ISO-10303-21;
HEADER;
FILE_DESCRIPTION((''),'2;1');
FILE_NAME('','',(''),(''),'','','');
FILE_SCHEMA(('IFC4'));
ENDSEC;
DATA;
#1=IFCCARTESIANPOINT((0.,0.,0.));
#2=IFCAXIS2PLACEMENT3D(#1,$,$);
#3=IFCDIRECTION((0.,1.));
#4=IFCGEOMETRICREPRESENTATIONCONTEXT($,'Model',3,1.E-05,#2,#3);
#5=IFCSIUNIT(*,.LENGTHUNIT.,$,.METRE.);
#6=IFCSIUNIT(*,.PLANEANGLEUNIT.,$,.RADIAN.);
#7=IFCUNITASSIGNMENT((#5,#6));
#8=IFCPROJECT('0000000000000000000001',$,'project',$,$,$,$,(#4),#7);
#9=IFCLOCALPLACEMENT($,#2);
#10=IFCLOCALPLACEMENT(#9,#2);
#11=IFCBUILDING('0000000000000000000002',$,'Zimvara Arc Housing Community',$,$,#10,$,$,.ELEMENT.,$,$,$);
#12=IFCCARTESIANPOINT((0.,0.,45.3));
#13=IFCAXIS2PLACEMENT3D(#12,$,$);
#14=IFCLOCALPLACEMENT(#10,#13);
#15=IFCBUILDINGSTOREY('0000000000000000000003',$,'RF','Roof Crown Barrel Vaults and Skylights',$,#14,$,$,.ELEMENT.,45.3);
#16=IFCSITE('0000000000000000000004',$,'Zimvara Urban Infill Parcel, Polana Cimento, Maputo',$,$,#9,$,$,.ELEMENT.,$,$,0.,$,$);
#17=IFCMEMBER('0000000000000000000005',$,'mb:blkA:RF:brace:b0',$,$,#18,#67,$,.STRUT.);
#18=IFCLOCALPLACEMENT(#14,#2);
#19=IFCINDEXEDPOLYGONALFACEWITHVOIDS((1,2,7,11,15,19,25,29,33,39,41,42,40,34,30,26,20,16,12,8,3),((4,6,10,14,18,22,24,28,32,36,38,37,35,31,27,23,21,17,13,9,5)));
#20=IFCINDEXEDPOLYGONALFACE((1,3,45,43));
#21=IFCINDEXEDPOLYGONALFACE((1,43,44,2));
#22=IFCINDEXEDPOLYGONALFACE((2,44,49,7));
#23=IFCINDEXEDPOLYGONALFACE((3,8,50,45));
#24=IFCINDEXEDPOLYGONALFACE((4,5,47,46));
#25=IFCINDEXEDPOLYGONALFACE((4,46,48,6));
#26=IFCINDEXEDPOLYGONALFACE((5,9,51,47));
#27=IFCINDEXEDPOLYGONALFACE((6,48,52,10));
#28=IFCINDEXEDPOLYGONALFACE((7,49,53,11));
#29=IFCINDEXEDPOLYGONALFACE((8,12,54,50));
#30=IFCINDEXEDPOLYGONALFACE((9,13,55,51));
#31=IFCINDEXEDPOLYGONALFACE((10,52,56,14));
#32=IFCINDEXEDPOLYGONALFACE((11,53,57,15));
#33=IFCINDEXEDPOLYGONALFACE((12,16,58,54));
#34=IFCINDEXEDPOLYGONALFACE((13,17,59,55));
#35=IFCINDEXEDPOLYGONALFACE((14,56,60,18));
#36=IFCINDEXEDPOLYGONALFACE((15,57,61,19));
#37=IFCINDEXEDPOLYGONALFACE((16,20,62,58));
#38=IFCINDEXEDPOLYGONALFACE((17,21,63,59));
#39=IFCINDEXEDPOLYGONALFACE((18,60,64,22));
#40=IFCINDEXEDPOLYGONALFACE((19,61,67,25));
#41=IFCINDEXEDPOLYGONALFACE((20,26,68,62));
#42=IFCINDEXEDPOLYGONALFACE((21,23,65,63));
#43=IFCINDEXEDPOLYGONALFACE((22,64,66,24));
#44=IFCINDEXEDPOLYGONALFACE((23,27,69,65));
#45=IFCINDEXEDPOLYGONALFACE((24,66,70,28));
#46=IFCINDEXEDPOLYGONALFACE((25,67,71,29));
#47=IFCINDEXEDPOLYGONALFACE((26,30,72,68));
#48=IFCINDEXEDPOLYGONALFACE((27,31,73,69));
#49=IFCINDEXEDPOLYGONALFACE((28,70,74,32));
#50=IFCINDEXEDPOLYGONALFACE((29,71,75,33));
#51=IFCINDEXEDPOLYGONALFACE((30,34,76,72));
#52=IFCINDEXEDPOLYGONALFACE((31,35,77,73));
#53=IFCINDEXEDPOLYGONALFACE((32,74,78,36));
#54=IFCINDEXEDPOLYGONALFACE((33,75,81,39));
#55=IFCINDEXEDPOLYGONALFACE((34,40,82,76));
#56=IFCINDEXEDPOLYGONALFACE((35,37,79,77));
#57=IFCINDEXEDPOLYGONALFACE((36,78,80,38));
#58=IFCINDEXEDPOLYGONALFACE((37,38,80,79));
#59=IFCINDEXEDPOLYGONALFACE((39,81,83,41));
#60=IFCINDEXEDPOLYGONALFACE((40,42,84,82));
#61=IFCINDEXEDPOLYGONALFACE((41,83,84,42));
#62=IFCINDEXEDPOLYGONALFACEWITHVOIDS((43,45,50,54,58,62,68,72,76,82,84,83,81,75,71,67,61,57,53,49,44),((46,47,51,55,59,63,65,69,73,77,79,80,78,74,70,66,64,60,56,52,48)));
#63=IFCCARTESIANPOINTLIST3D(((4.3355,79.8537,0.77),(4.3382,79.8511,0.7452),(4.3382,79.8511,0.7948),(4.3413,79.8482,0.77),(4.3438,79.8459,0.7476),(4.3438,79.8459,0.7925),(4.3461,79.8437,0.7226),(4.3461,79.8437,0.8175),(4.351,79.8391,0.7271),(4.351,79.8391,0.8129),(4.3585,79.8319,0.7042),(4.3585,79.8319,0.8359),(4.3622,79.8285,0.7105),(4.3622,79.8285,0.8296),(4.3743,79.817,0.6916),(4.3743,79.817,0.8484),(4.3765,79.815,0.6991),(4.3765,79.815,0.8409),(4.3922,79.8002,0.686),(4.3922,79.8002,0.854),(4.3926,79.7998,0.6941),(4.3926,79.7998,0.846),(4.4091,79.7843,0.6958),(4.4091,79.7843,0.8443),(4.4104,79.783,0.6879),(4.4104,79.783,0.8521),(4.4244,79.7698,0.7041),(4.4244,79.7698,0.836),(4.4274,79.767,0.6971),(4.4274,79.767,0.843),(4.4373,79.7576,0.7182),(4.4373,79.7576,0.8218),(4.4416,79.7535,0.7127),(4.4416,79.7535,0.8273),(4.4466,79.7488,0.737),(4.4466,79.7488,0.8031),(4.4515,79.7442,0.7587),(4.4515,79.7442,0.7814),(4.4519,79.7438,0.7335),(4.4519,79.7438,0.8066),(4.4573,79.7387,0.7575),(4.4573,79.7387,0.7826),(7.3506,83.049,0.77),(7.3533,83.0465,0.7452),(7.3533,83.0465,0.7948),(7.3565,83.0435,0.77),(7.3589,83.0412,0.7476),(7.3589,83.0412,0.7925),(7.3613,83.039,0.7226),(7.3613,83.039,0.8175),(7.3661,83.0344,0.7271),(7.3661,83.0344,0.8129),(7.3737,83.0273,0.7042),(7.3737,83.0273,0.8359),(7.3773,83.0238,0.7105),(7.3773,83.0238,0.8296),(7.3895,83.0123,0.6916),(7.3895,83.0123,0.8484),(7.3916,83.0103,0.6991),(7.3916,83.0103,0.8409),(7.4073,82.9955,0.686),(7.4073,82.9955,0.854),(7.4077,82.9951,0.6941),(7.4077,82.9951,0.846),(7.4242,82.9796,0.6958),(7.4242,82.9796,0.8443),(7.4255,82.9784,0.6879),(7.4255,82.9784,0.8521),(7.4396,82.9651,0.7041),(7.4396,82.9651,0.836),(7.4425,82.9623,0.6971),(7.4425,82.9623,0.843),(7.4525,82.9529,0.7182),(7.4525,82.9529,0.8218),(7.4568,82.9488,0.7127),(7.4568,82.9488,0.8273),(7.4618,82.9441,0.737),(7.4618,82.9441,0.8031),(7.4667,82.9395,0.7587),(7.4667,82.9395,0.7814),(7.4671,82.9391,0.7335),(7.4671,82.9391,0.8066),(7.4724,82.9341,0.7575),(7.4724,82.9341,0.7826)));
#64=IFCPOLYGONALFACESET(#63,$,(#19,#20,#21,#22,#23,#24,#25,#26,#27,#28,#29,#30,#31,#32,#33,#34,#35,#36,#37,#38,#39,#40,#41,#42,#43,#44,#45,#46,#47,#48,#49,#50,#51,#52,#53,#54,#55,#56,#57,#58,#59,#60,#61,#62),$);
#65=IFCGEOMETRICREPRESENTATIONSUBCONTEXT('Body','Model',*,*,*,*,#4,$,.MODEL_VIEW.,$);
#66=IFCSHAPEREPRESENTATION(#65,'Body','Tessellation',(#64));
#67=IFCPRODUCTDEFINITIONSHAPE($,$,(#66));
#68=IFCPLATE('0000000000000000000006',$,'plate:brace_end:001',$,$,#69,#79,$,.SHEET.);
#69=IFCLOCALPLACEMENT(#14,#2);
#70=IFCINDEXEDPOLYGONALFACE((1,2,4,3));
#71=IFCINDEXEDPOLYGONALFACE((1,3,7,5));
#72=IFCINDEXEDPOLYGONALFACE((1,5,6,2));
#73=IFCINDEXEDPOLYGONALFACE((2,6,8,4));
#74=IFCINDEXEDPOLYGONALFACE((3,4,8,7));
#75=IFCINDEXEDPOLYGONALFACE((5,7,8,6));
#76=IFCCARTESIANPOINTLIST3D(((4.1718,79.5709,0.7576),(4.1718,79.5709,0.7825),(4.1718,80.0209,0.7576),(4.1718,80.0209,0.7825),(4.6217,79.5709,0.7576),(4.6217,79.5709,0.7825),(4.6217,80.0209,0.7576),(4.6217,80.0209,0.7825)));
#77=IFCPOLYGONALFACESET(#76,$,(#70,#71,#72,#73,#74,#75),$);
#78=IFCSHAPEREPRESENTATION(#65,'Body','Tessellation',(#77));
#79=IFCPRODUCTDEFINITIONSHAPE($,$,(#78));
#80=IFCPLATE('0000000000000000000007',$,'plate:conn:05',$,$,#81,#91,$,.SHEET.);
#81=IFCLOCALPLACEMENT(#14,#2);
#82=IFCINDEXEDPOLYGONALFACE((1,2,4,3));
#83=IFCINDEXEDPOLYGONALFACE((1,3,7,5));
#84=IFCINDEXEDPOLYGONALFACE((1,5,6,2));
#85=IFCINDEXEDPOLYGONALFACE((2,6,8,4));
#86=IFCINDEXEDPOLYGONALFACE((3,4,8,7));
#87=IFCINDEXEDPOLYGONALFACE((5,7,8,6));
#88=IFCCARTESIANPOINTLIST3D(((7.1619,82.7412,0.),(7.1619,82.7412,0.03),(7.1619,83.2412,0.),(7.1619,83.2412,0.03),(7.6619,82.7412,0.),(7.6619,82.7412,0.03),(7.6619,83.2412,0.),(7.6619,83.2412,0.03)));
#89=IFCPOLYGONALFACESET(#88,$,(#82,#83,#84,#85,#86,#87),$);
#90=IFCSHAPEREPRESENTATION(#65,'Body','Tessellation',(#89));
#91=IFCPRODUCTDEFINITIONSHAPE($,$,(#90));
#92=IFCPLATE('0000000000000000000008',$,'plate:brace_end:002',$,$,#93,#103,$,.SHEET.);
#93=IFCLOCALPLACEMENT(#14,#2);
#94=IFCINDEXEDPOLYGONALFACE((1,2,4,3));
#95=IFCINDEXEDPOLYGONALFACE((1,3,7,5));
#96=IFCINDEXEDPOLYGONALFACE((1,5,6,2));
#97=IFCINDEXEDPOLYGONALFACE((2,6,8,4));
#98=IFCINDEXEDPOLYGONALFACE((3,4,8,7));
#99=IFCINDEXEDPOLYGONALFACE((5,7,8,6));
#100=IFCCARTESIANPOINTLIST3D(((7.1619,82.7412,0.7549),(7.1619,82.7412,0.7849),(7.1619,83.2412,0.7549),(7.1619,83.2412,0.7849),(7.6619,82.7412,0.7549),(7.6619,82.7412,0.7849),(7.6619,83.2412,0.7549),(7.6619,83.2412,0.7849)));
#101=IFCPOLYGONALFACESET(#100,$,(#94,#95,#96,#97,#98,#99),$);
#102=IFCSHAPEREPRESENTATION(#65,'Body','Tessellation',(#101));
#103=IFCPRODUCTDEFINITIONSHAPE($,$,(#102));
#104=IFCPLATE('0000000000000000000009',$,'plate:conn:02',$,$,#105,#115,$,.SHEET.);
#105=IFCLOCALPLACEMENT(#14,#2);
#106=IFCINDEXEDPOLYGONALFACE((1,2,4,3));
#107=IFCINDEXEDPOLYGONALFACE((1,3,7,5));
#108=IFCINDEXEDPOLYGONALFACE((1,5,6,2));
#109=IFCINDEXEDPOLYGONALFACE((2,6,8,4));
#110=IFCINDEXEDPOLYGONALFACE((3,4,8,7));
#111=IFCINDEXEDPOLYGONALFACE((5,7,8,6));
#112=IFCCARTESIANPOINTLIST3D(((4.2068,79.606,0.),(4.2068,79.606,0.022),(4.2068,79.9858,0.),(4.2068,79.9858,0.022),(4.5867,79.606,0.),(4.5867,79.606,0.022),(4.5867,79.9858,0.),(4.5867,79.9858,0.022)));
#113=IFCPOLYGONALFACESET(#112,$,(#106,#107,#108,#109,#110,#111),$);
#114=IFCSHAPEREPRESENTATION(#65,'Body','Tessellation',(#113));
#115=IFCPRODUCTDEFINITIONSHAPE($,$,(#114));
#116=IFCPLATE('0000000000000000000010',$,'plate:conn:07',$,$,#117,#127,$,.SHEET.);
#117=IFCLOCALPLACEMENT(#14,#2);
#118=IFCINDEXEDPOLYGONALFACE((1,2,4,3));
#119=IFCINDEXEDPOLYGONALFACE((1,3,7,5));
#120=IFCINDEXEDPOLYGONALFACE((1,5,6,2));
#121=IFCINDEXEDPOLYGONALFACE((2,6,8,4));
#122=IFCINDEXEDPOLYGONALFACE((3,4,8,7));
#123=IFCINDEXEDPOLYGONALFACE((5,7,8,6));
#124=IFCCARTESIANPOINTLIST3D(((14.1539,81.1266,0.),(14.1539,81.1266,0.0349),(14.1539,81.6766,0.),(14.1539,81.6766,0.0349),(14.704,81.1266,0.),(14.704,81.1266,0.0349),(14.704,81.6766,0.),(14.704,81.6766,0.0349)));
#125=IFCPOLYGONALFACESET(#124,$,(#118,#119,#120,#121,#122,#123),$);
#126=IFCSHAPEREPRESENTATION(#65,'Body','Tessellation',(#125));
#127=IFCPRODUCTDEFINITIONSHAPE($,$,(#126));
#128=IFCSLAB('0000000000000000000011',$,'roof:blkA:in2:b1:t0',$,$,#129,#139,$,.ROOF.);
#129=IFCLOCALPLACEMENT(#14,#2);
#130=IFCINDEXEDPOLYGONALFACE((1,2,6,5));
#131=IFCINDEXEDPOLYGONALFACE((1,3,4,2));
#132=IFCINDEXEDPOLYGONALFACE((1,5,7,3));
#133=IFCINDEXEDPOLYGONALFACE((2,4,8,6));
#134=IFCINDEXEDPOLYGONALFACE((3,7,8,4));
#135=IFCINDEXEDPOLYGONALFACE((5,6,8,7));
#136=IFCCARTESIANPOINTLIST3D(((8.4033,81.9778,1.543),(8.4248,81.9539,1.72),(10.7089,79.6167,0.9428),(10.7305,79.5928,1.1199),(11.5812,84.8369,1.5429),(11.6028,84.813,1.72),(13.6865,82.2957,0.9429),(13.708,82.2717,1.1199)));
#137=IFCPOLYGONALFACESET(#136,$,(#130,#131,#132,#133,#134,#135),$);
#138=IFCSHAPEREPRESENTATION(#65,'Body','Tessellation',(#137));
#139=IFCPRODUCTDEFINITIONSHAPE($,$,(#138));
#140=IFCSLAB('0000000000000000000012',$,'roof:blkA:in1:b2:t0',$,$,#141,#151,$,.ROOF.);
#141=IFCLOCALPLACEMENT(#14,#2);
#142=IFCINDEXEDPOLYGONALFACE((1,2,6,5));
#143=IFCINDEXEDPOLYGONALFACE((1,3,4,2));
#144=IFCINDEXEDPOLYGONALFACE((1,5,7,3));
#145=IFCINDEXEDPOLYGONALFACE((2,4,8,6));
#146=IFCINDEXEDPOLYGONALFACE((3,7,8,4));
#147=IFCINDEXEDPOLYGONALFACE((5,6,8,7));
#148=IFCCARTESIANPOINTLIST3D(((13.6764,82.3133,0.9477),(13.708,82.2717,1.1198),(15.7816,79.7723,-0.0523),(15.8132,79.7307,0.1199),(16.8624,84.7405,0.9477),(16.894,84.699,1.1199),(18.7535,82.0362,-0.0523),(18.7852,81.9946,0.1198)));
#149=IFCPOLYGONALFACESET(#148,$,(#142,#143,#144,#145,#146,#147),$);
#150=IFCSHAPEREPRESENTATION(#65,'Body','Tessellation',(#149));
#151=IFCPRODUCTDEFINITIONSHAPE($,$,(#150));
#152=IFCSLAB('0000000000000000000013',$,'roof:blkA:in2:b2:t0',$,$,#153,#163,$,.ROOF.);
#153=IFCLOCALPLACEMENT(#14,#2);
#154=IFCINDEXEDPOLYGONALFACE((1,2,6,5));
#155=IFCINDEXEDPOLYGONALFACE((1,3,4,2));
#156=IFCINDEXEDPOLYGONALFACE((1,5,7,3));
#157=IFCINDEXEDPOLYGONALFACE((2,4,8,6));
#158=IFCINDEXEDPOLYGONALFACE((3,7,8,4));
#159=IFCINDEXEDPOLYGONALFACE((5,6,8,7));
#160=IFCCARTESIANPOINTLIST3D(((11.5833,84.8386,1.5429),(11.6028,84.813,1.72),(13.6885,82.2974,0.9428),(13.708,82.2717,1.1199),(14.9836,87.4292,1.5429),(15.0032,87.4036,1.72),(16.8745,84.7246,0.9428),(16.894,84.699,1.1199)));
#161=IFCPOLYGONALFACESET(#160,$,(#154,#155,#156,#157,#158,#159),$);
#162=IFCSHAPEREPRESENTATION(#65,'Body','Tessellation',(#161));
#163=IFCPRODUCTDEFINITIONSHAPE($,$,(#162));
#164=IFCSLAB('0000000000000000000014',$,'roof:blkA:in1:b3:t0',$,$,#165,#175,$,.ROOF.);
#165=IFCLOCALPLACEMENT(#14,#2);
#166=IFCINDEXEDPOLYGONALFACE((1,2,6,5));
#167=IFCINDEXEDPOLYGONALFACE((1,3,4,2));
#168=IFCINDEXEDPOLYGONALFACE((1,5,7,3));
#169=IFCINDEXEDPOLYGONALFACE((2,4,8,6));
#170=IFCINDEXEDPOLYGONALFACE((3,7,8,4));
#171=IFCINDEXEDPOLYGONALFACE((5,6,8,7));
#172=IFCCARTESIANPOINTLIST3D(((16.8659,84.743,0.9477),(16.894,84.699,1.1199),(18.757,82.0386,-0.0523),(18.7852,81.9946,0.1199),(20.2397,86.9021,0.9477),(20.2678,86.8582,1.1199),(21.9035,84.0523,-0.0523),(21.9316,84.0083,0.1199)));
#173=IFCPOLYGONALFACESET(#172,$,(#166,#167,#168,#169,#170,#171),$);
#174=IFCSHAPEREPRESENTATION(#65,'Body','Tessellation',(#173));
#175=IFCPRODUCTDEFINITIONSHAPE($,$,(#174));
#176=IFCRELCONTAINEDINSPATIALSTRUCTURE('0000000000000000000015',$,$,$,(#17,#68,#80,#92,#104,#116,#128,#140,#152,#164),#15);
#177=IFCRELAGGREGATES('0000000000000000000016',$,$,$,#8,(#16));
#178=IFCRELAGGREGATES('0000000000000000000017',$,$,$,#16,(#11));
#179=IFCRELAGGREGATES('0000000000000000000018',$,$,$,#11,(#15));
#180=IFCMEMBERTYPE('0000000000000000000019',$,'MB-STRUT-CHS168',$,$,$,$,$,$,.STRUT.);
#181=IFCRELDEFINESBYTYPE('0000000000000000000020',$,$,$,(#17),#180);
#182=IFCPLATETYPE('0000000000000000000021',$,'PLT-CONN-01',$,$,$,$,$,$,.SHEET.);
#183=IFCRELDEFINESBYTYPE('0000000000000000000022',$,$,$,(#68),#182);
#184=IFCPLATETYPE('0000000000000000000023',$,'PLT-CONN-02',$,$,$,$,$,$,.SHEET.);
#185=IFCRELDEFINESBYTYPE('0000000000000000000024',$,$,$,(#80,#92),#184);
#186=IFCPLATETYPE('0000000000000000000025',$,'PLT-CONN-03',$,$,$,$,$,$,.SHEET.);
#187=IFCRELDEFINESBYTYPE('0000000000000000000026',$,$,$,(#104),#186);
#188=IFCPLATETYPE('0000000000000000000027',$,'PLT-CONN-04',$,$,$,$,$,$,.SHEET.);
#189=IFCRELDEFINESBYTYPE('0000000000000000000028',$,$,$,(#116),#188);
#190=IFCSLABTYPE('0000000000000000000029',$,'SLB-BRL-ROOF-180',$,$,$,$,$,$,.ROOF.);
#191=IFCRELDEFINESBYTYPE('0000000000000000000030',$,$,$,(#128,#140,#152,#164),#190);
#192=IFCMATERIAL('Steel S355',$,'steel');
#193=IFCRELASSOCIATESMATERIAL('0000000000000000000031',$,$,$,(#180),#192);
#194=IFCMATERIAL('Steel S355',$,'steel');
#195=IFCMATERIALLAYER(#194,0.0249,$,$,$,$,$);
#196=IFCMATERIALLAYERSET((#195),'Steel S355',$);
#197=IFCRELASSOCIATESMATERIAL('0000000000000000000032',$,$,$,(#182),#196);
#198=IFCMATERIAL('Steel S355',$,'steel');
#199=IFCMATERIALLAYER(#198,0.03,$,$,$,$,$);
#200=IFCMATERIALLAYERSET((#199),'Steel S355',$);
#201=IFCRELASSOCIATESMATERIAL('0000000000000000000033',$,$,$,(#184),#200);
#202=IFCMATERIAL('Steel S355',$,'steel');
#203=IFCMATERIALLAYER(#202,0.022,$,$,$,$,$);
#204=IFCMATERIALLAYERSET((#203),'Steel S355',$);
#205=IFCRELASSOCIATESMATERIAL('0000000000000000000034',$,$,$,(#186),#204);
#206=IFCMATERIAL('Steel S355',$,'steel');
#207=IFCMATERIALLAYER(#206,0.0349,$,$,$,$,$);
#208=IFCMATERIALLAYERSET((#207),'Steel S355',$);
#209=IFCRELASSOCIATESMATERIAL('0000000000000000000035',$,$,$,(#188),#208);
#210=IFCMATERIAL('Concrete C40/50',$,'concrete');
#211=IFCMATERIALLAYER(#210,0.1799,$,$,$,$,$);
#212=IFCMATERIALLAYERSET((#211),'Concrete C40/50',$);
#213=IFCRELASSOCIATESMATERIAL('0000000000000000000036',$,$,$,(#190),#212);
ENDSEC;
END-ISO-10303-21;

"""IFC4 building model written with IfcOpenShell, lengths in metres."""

from ifc_helpers import new_model, si_unit, direction, frame, origin, origin_2d, place, context, subcontext, project, spatial, polyline, rectangle, hollow_circle, outline, extrude, material, layer, layer_set, material_profile, profile_set, type_object, element, save


model = new_model("IFC4")

# Units and contexts
model_context = context("Model", 3, precision=1e-05, world=origin(), true_north=direction((0.0, 1.0)))
body_context = subcontext(model_context, "Body", "Model", "MODEL_VIEW")
ifc_project = project(units=[si_unit("LENGTHUNIT", "METRE"), si_unit("PLANEANGLEUNIT", "RADIAN")], contexts=[model_context])

# Site, building, storey
site_placement = place(None, origin())
site = spatial("IfcSite", under=ifc_project, at=site_placement, Name="Zimvara Urban Infill Parcel, Polana Cimento, Maputo", CompositionType="ELEMENT", RefElevation=0.0)
building_placement = place(site_placement, origin())
building = spatial("IfcBuilding", under=site, at=building_placement, Name="Zimvara Arc Housing Community", CompositionType="ELEMENT")
storey_placement = place(building_placement, frame((0.0, 0.0, 45.3)))
storey = spatial("IfcBuildingStorey", under=building, at=storey_placement, Name="RF", Description="Roof Crown Barrel Vaults and Skylights", CompositionType="ELEMENT", Elevation=45.3)

# Member
ifc_material_1 = material(Name="Steel S355", Category="steel")
ifc_material_profile_1 = material_profile(ifc_material_1, hollow_circle(Radius=0.0842, WallThickness=0.0081, at=origin_2d()), Name="CHS 168.3x8.0")
ifc_profile_set_1 = profile_set([ifc_material_profile_1], Name="Steel S355")
member_type_1 = type_object("IfcMemberType", Name="MB-STRUT-CHS168", PredefinedType="STRUT", material=ifc_profile_set_1)
member_1_placement = place(storey_placement, frame((4.3967, 79.7959, 0.77), z_axis=(0.686304, 0.727315, 0.0), x_axis=(-0.727315, 0.686304, 0.0)))
element("IfcMember", 1, at=member_1_placement, inside=storey, type_object=member_type_1, Name="mb:blkA:RF:brace:b0", PredefinedType="STRUT", context=body_context, shape_type="SweptSolid", body=[
    extrude(hollow_circle(Radius=0.0842, WallThickness=0.0081, at=origin_2d()), origin(), (0.0, 0.0, 1.0), 4.3933),
])

# Plates
ifc_material_2 = material(Name="Steel S355", Category="steel")
ifc_layer_1 = layer(ifc_material_2, 0.0249)
ifc_layer_set_1 = layer_set([ifc_layer_1], Name="Steel S355")
plate_type_1 = type_object("IfcPlateType", Name="PLT-CONN-01", PredefinedType="SHEET", material=ifc_layer_set_1)
plate_1_placement = place(storey_placement, frame((4.3967, 79.7959, 0.7576), z_axis=(0.0, 0.0, 1.0), x_axis=(1.0, 0.0, 0.0)))
element("IfcPlate", 2, at=plate_1_placement, inside=storey, type_object=plate_type_1, Name="plate:brace_end:001", PredefinedType="SHEET", context=body_context, shape_type="SweptSolid", body=[
    extrude(rectangle(XDim=0.45, YDim=0.45, at=origin_2d()), origin(), (0.0, 0.0, 1.0), 0.0249),
])
ifc_material_3 = material(Name="Steel S355", Category="steel")
ifc_layer_2 = layer(ifc_material_3, 0.03)
ifc_layer_set_2 = layer_set([ifc_layer_2], Name="Steel S355")
plate_type_2 = type_object("IfcPlateType", Name="PLT-CONN-02", PredefinedType="SHEET", material=ifc_layer_set_2)
for number, where, z_axis, x_axis, name in (
    (3, (7.4119, 82.9912, 0.0), (0.0, 0.0, 1.0), (1.0, 0.0, 0.0), "plate:conn:05"),
    (4, (7.4119, 82.9912, 0.7549), (0.0, 0.0, 1.0), (1.0, 0.0, 0.0), "plate:brace_end:002"),
):
    element("IfcPlate", number, at=place(storey_placement, frame(where, z_axis=z_axis, x_axis=x_axis)), inside=storey, type_object=plate_type_2, Name=name, PredefinedType="SHEET", context=body_context, shape_type="SweptSolid", body=[
        extrude(rectangle(XDim=0.5, YDim=0.5, at=origin_2d()), origin(), (0.0, 0.0, 1.0), 0.03),
    ])
ifc_material_4 = material(Name="Steel S355", Category="steel")
ifc_layer_3 = layer(ifc_material_4, 0.022)
ifc_layer_set_3 = layer_set([ifc_layer_3], Name="Steel S355")
plate_type_3 = type_object("IfcPlateType", Name="PLT-CONN-03", PredefinedType="SHEET", material=ifc_layer_set_3)
plate_2_placement = place(storey_placement, frame((4.3967, 79.7959, 0.0), z_axis=(0.0, 0.0, 1.0), x_axis=(1.0, 0.0, 0.0)))
element("IfcPlate", 5, at=plate_2_placement, inside=storey, type_object=plate_type_3, Name="plate:conn:02", PredefinedType="SHEET", context=body_context, shape_type="SweptSolid", body=[
    extrude(rectangle(XDim=0.3799, YDim=0.3799, at=origin_2d()), origin(), (0.0, 0.0, 1.0), 0.022),
])
ifc_material_5 = material(Name="Steel S355", Category="steel")
ifc_layer_4 = layer(ifc_material_5, 0.0349)
ifc_layer_set_4 = layer_set([ifc_layer_4], Name="Steel S355")
plate_type_4 = type_object("IfcPlateType", Name="PLT-CONN-04", PredefinedType="SHEET", material=ifc_layer_set_4)
plate_3_placement = place(storey_placement, frame((14.429, 81.4016, 0.0), z_axis=(0.0, 0.0, 1.0), x_axis=(1.0, 0.0, 0.0)))
element("IfcPlate", 6, at=plate_3_placement, inside=storey, type_object=plate_type_4, Name="plate:conn:07", PredefinedType="SHEET", context=body_context, shape_type="SweptSolid", body=[
    extrude(rectangle(XDim=0.55, YDim=0.55, at=origin_2d()), origin(), (0.0, 0.0, 1.0), 0.0349),
])

# Slabs
ifc_material_6 = material(Name="Concrete C40/50", Category="concrete")
ifc_layer_5 = layer(ifc_material_6, 0.1799)
ifc_layer_set_5 = layer_set([ifc_layer_5], Name="Concrete C40/50")
slab_type = type_object("IfcSlabType", Name="SLB-BRL-ROOF-180", PredefinedType="ROOF", material=ifc_layer_set_5)
slab_1_placement = place(storey_placement, frame((10.7305, 79.5928, 1.1199), z_axis=(0.119759, -0.133111, 0.983839), x_axis=(0.743398, 0.66885, 0.000003)))
element("IfcSlab", 7, at=slab_1_placement, inside=storey, type_object=slab_type, Name="roof:blkA:in2:b1:t0", PredefinedType="ROOF", context=body_context, shape_type="SweptSolid", body=[
    extrude(outline(polyline([(0.0, 0.0), (4.0053, 0.0), (4.14, 3.3514), (-0.1348, 3.3515), (0.0, 0.0)])), origin(), (0.0, 0.0, -1.0), 0.1799),
])
slab_2_placement = place(storey_placement, frame((15.8132, 79.7307, 0.1199), z_axis=(0.175882, -0.230875, 0.956955), x_axis=(0.795483, 0.605976, -0.000006)))
element("IfcSlab", 8, at=slab_2_placement, inside=storey, type_object=slab_type, Name="roof:blkA:in1:b2:t0", PredefinedType="ROOF", context=body_context, shape_type="SweptSolid", body=[
    extrude(outline(polyline([(0.0, 0.0), (3.736, 0.0), (3.8704, 3.4455), (-0.1349, 3.4454), (0.0, 0.0)])), origin(), (0.0, 0.0, -1.0), 0.1799),
])
slab_3_placement = place(storey_placement, frame((13.708, 82.2717, 1.1199), z_axis=(0.108511, -0.142432, 0.983839), x_axis=(0.795457, 0.60601, 0.0)))
element("IfcSlab", 9, at=slab_3_placement, inside=storey, type_object=slab_type, Name="roof:blkA:in2:b2:t0", PredefinedType="ROOF", context=body_context, shape_type="SweptSolid", body=[
    extrude(outline(polyline([(0.0, 0.0), (4.0053, 0.0), (4.1402, 3.3514), (-0.1346, 3.3514), (0.0, 0.0)])), origin(), (0.0, 0.0, -1.0), 0.1799),
])
slab_4_placement = place(storey_placement, frame((18.7852, 81.9946, 0.1199), z_axis=(0.156447, -0.244455, 0.956957), x_axis=(0.842281, 0.539039, -0.000001)))
element("IfcSlab", 10, at=slab_4_placement, inside=storey, type_object=slab_type, Name="roof:blkA:in1:b3:t0", PredefinedType="ROOF", context=body_context, shape_type="SweptSolid", body=[
    extrude(outline(polyline([(0.0, 0.0), (3.7357, 0.0), (3.8705, 3.4455), (-0.1351, 3.4455), (0.0, 0.0)])), origin(), (0.0, 0.0, -1.0), 0.1799),
])

save(model, "model.ifc")
